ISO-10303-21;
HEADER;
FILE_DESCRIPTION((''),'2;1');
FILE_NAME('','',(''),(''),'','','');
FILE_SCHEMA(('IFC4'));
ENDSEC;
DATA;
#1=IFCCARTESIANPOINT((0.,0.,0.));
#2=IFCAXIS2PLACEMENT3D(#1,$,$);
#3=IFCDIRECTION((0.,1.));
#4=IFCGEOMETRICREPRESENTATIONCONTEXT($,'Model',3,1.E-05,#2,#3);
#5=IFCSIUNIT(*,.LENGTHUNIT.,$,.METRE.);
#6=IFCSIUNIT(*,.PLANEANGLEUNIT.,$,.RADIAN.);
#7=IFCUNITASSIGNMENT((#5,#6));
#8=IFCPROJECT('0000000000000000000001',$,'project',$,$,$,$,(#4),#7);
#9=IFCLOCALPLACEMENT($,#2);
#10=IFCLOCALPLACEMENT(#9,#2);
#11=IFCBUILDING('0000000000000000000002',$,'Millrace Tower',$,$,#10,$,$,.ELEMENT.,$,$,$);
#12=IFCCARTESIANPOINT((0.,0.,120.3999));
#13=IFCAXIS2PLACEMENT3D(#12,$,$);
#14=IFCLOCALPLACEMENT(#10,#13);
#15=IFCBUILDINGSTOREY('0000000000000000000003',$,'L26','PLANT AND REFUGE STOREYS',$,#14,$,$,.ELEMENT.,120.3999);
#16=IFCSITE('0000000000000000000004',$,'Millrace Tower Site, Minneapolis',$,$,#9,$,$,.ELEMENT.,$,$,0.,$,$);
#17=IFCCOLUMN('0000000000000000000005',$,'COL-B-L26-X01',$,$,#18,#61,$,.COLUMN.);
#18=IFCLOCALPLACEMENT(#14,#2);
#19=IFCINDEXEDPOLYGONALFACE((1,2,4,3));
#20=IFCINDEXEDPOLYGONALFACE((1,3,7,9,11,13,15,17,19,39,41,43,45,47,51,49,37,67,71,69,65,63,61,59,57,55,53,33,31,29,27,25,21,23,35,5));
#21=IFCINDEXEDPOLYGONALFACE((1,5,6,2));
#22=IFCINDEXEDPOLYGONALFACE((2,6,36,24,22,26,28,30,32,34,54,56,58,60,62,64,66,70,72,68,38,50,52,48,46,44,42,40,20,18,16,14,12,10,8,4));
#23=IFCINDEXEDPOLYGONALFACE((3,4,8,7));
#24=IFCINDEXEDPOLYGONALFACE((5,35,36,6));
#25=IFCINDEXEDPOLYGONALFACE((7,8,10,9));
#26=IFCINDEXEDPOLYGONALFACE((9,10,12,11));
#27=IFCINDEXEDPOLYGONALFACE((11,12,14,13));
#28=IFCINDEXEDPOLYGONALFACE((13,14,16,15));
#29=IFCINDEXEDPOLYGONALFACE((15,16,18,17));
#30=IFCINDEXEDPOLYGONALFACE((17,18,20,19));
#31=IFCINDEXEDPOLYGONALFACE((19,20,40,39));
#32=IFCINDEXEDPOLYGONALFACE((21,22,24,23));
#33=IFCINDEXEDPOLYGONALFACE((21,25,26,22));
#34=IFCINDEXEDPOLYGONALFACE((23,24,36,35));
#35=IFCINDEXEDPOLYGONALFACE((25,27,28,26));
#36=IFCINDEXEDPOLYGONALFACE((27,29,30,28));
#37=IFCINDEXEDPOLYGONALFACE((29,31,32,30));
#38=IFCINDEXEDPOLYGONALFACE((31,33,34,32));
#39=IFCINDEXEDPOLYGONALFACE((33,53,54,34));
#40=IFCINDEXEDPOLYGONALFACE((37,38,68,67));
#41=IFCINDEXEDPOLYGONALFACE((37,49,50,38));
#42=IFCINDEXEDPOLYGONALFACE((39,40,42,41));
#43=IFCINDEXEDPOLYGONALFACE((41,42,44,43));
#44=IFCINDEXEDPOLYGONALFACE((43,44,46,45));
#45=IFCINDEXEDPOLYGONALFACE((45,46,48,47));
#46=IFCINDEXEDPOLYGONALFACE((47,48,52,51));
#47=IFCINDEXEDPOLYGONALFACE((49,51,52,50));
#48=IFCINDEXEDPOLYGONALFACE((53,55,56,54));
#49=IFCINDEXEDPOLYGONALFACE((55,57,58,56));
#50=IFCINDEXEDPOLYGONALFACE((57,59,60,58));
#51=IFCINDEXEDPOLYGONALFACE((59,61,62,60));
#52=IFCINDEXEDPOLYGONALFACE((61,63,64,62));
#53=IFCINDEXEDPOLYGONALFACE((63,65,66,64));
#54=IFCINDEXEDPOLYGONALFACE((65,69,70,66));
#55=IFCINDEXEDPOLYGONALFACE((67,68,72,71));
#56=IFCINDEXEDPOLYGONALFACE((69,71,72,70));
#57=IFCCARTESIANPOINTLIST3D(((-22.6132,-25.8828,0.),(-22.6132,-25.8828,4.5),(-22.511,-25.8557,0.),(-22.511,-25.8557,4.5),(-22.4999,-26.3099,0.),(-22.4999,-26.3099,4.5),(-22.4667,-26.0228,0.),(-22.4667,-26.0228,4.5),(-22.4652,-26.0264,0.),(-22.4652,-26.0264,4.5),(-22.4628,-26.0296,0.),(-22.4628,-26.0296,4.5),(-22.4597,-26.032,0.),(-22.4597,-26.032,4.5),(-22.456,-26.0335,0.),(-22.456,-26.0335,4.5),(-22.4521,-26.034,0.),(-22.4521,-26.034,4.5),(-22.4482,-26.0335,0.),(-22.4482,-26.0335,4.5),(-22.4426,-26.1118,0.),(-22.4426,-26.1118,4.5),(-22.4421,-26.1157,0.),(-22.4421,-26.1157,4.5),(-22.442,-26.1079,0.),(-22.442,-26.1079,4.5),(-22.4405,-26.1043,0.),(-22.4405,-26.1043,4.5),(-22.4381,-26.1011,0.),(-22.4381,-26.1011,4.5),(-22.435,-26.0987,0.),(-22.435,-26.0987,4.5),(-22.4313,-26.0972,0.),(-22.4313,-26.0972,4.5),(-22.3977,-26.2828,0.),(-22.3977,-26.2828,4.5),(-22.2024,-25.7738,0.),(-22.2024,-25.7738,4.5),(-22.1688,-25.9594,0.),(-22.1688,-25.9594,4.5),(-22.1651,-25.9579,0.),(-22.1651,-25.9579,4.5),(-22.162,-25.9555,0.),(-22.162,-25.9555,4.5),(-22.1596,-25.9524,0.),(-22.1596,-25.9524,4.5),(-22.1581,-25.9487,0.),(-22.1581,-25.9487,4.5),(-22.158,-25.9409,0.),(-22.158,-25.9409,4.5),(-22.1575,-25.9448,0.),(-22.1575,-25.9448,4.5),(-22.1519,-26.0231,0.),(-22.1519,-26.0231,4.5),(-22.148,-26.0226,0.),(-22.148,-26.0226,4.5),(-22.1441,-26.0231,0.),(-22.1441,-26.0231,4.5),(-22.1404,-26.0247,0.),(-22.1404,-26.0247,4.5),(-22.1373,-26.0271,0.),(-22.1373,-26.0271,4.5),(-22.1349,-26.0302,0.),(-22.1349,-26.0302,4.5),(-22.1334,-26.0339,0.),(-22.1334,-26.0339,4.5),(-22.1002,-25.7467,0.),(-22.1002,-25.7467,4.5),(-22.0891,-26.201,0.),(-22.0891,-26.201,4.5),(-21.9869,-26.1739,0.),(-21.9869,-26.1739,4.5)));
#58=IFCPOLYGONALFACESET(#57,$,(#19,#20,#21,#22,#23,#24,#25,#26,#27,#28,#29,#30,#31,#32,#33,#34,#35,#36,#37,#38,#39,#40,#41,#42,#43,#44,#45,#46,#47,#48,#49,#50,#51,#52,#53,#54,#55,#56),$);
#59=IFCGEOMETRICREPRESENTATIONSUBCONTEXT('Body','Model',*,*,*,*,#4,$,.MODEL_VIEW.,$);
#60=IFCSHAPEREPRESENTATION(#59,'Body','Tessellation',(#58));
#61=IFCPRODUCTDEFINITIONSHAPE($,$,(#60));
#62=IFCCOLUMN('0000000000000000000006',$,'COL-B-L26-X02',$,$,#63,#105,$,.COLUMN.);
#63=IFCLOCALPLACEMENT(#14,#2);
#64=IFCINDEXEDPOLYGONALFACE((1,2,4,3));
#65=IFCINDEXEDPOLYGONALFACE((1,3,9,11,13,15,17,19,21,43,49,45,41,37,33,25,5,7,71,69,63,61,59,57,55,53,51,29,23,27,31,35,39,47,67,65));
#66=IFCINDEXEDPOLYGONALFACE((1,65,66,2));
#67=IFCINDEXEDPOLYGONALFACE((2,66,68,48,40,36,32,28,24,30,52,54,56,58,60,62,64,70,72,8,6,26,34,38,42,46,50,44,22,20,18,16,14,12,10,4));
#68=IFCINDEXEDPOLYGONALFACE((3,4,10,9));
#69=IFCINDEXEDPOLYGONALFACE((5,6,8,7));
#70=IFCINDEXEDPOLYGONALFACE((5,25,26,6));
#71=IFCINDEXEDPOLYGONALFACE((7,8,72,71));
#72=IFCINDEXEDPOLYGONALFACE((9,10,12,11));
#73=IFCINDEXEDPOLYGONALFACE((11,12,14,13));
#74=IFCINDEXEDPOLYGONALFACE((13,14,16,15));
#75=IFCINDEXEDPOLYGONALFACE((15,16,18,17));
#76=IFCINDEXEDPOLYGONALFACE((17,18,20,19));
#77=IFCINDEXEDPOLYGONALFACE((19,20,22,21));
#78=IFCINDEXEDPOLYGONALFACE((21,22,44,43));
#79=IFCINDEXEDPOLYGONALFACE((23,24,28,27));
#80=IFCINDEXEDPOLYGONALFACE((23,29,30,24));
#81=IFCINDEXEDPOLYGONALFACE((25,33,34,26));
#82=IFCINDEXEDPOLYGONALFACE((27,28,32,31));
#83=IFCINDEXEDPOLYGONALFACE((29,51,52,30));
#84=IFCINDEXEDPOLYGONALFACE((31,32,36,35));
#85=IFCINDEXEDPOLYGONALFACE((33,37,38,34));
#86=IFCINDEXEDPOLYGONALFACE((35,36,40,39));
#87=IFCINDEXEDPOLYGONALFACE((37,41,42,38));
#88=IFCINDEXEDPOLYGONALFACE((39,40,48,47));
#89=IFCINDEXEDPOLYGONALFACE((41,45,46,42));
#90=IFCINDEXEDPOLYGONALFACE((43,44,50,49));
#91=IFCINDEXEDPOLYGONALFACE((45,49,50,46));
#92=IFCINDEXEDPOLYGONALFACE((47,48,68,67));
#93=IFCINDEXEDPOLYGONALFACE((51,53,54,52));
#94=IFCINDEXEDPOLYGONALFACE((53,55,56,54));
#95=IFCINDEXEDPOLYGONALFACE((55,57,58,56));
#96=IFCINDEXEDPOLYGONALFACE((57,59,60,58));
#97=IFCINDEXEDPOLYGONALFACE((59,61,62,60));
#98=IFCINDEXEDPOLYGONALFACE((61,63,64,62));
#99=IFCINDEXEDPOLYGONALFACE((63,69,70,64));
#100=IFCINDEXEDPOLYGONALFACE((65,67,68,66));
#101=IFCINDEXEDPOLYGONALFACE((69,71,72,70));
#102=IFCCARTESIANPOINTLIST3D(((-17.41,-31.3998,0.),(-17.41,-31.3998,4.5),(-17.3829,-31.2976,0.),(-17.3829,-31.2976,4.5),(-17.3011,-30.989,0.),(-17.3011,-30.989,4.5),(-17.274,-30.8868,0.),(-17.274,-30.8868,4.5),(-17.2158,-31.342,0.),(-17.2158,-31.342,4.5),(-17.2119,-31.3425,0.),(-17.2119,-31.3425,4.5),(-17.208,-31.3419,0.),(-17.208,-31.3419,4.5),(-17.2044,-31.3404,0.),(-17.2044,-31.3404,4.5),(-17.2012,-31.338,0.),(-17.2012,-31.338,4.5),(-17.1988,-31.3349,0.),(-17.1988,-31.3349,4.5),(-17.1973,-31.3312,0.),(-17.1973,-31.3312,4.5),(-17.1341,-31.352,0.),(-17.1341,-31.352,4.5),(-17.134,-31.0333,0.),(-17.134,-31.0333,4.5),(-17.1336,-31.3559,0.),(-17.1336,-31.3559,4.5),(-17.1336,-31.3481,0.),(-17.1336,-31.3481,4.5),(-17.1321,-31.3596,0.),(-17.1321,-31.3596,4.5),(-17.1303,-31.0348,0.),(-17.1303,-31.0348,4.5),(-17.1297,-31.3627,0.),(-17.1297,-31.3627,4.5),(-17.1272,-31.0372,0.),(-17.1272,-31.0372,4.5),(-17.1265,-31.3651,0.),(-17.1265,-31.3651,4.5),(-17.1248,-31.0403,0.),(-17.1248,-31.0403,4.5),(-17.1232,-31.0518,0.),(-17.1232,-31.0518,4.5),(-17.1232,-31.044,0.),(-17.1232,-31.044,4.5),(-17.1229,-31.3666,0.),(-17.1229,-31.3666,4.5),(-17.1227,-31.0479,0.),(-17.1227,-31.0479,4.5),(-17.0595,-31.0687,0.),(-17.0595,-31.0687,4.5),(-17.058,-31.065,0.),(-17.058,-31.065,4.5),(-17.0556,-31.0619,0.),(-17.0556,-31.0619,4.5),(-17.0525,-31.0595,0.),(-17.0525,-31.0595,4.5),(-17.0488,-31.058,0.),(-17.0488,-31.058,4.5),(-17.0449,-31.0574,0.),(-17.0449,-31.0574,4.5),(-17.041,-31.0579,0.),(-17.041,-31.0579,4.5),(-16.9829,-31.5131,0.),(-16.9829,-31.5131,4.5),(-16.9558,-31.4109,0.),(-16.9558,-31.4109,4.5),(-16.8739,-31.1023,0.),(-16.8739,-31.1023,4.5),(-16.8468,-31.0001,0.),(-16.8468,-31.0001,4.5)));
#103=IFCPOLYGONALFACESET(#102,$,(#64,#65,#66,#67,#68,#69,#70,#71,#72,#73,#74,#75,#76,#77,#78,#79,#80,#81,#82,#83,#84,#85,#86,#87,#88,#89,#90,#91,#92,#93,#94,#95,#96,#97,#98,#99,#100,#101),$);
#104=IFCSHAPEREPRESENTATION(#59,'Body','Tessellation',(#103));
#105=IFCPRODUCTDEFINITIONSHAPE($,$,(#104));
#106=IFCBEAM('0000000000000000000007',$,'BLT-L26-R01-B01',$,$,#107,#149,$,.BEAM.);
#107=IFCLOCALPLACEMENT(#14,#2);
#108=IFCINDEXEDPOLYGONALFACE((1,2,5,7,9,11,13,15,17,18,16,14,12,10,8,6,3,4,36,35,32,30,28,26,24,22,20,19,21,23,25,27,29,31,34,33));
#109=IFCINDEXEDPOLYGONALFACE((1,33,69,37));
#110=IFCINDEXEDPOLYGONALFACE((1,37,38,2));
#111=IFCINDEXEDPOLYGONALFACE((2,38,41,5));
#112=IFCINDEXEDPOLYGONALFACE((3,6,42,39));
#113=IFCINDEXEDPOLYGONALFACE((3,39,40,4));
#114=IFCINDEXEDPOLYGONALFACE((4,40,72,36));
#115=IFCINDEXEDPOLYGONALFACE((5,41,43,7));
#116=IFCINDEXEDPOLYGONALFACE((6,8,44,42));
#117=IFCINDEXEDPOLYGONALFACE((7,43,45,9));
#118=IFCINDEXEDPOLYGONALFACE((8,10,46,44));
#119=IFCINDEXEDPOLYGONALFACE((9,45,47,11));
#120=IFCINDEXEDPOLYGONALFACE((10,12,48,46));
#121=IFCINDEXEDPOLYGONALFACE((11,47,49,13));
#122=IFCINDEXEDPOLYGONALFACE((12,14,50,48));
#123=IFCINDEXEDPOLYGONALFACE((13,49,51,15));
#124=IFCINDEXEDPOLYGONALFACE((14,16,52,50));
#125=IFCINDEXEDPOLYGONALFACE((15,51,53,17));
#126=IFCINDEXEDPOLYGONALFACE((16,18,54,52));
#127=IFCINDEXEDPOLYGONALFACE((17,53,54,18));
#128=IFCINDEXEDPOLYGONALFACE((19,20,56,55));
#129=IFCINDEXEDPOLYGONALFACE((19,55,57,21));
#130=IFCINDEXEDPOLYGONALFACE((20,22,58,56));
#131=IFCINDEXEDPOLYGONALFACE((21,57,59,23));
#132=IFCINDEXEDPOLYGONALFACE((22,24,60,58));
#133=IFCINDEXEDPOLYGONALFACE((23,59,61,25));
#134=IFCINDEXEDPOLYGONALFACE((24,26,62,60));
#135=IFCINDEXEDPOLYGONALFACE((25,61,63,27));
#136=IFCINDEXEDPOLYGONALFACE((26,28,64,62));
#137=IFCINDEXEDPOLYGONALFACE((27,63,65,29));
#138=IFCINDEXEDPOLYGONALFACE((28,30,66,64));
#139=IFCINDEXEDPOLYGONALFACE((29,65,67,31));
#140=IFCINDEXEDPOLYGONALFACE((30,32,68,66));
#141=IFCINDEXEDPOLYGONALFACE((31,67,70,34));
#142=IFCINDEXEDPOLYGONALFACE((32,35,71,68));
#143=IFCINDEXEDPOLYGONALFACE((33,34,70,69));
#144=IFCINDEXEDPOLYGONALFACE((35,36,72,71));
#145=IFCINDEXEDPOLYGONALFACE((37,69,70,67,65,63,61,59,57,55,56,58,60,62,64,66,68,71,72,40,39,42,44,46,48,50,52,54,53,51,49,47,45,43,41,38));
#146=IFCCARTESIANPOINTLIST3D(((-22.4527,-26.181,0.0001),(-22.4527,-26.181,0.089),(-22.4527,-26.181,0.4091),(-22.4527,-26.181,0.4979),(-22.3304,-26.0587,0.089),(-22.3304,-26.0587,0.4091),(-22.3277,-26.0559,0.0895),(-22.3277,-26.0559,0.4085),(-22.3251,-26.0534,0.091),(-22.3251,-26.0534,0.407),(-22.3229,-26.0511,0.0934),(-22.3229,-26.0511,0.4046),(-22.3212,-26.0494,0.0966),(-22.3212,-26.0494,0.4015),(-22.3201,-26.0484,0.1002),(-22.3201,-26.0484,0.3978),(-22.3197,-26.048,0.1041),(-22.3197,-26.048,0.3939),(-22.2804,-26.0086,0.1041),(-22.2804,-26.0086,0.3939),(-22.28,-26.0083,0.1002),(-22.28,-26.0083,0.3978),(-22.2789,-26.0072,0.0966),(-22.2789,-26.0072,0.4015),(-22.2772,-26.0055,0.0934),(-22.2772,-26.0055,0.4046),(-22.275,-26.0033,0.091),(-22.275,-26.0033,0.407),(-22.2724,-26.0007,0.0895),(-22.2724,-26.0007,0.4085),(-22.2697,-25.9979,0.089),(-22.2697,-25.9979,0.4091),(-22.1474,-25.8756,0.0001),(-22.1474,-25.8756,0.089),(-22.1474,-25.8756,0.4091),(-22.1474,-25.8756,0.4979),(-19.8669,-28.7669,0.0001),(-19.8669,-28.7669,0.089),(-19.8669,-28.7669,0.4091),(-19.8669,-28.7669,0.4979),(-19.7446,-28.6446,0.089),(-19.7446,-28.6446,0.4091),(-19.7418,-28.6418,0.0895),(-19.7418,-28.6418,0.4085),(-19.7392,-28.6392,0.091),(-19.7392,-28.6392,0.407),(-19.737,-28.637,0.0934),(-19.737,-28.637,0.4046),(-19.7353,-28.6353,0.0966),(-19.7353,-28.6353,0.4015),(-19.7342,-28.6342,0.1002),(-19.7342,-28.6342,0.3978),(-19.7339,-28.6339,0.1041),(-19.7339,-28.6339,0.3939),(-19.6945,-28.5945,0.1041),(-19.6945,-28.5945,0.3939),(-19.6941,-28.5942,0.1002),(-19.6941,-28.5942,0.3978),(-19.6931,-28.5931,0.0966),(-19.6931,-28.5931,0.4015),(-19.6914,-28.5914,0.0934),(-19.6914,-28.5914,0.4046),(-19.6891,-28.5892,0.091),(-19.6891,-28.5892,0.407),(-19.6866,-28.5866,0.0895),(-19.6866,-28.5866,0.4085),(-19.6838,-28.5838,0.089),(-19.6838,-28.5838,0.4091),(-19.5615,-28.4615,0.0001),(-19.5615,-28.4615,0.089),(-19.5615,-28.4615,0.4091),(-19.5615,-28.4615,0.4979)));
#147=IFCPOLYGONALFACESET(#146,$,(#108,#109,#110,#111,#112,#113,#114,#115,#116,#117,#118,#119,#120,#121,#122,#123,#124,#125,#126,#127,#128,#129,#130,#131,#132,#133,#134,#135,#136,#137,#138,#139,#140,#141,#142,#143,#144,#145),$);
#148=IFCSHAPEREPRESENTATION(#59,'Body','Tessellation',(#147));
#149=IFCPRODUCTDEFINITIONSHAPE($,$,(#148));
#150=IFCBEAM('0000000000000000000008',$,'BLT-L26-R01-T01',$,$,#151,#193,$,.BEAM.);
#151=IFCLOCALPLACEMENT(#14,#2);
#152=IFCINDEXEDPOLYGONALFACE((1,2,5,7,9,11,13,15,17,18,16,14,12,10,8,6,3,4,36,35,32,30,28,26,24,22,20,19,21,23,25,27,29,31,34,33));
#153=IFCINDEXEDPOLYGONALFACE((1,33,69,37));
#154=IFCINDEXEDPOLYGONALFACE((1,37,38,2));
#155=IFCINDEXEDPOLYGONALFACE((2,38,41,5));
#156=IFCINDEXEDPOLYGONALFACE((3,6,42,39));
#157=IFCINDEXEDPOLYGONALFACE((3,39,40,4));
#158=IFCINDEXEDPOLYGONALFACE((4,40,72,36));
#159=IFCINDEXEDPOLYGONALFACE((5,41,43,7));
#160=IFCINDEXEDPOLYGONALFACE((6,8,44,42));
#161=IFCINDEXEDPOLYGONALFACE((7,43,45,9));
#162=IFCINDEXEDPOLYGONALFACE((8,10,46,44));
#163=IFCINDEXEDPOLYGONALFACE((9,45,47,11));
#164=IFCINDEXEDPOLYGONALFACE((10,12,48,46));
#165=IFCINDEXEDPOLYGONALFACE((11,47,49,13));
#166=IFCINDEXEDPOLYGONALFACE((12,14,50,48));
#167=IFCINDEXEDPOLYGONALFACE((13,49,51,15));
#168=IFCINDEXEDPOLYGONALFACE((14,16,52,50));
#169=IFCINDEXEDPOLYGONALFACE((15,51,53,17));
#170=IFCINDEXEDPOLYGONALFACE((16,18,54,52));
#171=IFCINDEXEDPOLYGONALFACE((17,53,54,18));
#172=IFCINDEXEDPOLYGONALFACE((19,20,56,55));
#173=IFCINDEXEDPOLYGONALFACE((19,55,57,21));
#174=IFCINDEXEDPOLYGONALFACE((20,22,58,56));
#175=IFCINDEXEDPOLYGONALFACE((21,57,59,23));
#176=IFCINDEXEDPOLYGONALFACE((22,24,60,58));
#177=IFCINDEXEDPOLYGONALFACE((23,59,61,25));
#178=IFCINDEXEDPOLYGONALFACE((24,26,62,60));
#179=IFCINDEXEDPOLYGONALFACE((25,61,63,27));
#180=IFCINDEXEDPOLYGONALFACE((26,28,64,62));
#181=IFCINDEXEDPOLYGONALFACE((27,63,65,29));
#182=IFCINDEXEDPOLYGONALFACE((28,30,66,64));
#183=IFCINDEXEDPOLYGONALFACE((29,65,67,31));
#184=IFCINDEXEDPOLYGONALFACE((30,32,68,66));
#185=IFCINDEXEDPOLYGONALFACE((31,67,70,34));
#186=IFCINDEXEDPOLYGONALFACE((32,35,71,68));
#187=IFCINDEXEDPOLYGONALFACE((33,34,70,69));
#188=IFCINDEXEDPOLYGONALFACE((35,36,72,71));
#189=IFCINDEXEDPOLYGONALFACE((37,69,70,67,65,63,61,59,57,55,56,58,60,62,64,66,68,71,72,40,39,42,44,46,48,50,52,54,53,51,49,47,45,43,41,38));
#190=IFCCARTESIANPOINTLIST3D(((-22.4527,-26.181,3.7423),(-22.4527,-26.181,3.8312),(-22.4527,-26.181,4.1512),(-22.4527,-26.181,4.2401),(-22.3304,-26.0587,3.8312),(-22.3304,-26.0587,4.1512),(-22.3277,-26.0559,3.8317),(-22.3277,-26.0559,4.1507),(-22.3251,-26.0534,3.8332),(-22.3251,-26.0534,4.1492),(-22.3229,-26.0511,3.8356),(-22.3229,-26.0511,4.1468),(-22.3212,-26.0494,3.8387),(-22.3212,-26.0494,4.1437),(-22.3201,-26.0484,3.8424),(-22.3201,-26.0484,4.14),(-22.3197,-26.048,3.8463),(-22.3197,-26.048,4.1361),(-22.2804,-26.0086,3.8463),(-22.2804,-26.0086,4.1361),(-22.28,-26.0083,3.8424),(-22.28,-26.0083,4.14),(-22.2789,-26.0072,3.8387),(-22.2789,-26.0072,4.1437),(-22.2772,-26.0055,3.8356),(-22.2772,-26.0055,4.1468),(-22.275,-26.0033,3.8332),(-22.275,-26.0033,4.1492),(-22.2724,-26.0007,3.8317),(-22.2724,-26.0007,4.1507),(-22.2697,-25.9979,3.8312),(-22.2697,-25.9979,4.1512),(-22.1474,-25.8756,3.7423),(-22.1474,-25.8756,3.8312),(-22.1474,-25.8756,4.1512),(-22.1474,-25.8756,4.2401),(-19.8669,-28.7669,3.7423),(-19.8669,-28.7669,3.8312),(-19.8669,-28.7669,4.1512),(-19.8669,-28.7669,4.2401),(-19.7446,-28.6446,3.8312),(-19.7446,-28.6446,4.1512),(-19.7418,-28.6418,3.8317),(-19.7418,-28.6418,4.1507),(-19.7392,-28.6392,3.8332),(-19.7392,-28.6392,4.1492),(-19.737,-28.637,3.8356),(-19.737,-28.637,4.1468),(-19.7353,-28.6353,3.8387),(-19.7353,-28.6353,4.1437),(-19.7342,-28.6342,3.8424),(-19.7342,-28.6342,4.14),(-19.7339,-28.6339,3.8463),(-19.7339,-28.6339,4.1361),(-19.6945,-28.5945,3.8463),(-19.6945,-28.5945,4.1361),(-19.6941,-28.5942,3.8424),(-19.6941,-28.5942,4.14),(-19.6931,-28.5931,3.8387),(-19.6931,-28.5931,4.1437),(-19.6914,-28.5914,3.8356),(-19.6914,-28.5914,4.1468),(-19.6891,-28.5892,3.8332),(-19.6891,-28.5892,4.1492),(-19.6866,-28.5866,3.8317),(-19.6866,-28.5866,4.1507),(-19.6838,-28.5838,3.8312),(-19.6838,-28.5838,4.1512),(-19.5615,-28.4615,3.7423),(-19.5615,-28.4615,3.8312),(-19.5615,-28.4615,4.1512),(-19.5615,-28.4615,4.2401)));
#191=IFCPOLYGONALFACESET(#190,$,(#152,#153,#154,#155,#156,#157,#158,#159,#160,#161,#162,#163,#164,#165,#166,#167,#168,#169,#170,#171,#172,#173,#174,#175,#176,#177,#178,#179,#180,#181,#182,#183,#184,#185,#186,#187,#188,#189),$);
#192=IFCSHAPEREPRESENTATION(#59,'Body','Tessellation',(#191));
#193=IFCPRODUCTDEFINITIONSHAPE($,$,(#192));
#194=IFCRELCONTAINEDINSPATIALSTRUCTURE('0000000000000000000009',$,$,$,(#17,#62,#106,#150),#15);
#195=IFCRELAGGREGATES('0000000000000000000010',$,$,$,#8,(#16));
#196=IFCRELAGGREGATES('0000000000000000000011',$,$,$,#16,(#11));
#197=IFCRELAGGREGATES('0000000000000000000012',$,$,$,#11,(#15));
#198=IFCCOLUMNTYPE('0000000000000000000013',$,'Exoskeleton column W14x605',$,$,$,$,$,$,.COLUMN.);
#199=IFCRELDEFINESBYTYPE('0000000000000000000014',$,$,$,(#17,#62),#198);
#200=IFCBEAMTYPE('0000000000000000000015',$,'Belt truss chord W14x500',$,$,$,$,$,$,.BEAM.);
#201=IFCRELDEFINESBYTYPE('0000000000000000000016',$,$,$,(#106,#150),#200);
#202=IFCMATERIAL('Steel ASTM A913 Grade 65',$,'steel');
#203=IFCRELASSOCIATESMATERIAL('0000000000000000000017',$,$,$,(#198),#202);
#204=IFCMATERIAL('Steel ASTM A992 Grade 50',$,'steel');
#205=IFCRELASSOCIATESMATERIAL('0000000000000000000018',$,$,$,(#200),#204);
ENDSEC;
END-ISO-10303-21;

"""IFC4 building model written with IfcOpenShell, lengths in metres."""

from ifc_helpers import new_model, si_unit, direction, frame, origin, origin_2d, place, context, subcontext, project, spatial, i_section, extrude, material, material_profile, profile_set, type_object, element, save


model = new_model("IFC4")

# Units and contexts
model_context = context("Model", 3, precision=1e-05, world=origin(), true_north=direction((0.0, 1.0)))
body_context = subcontext(model_context, "Body", "Model", "MODEL_VIEW")
ifc_project = project(units=[si_unit("LENGTHUNIT", "METRE"), si_unit("PLANEANGLEUNIT", "RADIAN")], contexts=[model_context])

# Site, building, storey
site_placement = place(None, origin())
site = spatial("IfcSite", under=ifc_project, at=site_placement, Name="Millrace Tower Site, Minneapolis", CompositionType="ELEMENT", RefElevation=0.0)
building_placement = place(site_placement, origin())
building = spatial("IfcBuilding", under=site, at=building_placement, Name="Millrace Tower", CompositionType="ELEMENT")
storey_placement = place(building_placement, frame((0.0, 0.0, 120.3999)))
storey = spatial("IfcBuildingStorey", under=building, at=storey_placement, Name="L26", Description="PLANT AND REFUGE STOREYS", CompositionType="ELEMENT", Elevation=120.3999)

# Columns
ifc_material_1 = material(Name="Steel ASTM A913 Grade 65", Category="steel")
ifc_material_profile_1 = material_profile(ifc_material_1, i_section(OverallWidth=0.4419, OverallDepth=0.5308, WebThickness=0.0659, FlangeThickness=0.1057, FilletRadius=0.0151, at=origin_2d()))
ifc_profile_set_1 = profile_set([ifc_material_profile_1], Name="Steel ASTM A913 Grade 65")
column_type = type_object("IfcColumnType", Name="Exoskeleton column W14x605", PredefinedType="COLUMN", material=ifc_profile_set_1)
for number, where, z_axis, x_axis, name in (
    (1, (-22.3, -26.0283, 0.0), (0.0, 0.0, 1.0), (0.256347, -0.966585, 0.0), "COL-B-L26-X01"),
    (2, (-17.1284, -31.2, 0.0), (0.0, 0.0, 1.0), (0.966585, -0.256347, 0.0), "COL-B-L26-X02"),
):
    element("IfcColumn", number, at=place(storey_placement, frame(where, z_axis=z_axis, x_axis=x_axis)), inside=storey, type_object=column_type, Name=name, PredefinedType="COLUMN", context=body_context, shape_type="SweptSolid", body=[
        extrude(i_section(OverallWidth=0.4419, OverallDepth=0.5308, WebThickness=0.0659, FlangeThickness=0.1057, FilletRadius=0.0151, at=origin_2d()), origin(), (0.0, 0.0, 1.0), 4.5),
    ])

# Beams
ifc_material_2 = material(Name="Steel ASTM A992 Grade 50", Category="steel")
ifc_material_profile_2 = material_profile(ifc_material_2, i_section(OverallWidth=0.4319, OverallDepth=0.4978, WebThickness=0.0557, FlangeThickness=0.0889, FilletRadius=0.0151, at=origin_2d()))
ifc_profile_set_2 = profile_set([ifc_material_profile_2], Name="Steel ASTM A992 Grade 50")
beam_type_1 = type_object("IfcBeamType", Name="Belt truss chord W14x500", PredefinedType="BEAM", material=ifc_profile_set_2)
for number, where, z_axis, x_axis, name in (
    (3, (-22.3, -26.0283, 0.249), (0.707107, -0.707107, 0.0), (0.707107, 0.707107, 0.0), "BLT-L26-R01-B01"),
    (4, (-22.3, -26.0283, 3.9912), (0.707107, -0.707107, 0.0), (0.707107, 0.707107, 0.0), "BLT-L26-R01-T01"),
):
    element("IfcBeam", number, at=place(storey_placement, frame(where, z_axis=z_axis, x_axis=x_axis)), inside=storey, type_object=beam_type_1, Name=name, PredefinedType="BEAM", context=body_context, shape_type="SweptSolid", body=[
        extrude(i_section(OverallWidth=0.4319, OverallDepth=0.4978, WebThickness=0.0557, FlangeThickness=0.0889, FilletRadius=0.0151, at=origin_2d()), origin(), (0.0, 0.0, 1.0), 3.657),
    ])

save(model, "model.ifc")
